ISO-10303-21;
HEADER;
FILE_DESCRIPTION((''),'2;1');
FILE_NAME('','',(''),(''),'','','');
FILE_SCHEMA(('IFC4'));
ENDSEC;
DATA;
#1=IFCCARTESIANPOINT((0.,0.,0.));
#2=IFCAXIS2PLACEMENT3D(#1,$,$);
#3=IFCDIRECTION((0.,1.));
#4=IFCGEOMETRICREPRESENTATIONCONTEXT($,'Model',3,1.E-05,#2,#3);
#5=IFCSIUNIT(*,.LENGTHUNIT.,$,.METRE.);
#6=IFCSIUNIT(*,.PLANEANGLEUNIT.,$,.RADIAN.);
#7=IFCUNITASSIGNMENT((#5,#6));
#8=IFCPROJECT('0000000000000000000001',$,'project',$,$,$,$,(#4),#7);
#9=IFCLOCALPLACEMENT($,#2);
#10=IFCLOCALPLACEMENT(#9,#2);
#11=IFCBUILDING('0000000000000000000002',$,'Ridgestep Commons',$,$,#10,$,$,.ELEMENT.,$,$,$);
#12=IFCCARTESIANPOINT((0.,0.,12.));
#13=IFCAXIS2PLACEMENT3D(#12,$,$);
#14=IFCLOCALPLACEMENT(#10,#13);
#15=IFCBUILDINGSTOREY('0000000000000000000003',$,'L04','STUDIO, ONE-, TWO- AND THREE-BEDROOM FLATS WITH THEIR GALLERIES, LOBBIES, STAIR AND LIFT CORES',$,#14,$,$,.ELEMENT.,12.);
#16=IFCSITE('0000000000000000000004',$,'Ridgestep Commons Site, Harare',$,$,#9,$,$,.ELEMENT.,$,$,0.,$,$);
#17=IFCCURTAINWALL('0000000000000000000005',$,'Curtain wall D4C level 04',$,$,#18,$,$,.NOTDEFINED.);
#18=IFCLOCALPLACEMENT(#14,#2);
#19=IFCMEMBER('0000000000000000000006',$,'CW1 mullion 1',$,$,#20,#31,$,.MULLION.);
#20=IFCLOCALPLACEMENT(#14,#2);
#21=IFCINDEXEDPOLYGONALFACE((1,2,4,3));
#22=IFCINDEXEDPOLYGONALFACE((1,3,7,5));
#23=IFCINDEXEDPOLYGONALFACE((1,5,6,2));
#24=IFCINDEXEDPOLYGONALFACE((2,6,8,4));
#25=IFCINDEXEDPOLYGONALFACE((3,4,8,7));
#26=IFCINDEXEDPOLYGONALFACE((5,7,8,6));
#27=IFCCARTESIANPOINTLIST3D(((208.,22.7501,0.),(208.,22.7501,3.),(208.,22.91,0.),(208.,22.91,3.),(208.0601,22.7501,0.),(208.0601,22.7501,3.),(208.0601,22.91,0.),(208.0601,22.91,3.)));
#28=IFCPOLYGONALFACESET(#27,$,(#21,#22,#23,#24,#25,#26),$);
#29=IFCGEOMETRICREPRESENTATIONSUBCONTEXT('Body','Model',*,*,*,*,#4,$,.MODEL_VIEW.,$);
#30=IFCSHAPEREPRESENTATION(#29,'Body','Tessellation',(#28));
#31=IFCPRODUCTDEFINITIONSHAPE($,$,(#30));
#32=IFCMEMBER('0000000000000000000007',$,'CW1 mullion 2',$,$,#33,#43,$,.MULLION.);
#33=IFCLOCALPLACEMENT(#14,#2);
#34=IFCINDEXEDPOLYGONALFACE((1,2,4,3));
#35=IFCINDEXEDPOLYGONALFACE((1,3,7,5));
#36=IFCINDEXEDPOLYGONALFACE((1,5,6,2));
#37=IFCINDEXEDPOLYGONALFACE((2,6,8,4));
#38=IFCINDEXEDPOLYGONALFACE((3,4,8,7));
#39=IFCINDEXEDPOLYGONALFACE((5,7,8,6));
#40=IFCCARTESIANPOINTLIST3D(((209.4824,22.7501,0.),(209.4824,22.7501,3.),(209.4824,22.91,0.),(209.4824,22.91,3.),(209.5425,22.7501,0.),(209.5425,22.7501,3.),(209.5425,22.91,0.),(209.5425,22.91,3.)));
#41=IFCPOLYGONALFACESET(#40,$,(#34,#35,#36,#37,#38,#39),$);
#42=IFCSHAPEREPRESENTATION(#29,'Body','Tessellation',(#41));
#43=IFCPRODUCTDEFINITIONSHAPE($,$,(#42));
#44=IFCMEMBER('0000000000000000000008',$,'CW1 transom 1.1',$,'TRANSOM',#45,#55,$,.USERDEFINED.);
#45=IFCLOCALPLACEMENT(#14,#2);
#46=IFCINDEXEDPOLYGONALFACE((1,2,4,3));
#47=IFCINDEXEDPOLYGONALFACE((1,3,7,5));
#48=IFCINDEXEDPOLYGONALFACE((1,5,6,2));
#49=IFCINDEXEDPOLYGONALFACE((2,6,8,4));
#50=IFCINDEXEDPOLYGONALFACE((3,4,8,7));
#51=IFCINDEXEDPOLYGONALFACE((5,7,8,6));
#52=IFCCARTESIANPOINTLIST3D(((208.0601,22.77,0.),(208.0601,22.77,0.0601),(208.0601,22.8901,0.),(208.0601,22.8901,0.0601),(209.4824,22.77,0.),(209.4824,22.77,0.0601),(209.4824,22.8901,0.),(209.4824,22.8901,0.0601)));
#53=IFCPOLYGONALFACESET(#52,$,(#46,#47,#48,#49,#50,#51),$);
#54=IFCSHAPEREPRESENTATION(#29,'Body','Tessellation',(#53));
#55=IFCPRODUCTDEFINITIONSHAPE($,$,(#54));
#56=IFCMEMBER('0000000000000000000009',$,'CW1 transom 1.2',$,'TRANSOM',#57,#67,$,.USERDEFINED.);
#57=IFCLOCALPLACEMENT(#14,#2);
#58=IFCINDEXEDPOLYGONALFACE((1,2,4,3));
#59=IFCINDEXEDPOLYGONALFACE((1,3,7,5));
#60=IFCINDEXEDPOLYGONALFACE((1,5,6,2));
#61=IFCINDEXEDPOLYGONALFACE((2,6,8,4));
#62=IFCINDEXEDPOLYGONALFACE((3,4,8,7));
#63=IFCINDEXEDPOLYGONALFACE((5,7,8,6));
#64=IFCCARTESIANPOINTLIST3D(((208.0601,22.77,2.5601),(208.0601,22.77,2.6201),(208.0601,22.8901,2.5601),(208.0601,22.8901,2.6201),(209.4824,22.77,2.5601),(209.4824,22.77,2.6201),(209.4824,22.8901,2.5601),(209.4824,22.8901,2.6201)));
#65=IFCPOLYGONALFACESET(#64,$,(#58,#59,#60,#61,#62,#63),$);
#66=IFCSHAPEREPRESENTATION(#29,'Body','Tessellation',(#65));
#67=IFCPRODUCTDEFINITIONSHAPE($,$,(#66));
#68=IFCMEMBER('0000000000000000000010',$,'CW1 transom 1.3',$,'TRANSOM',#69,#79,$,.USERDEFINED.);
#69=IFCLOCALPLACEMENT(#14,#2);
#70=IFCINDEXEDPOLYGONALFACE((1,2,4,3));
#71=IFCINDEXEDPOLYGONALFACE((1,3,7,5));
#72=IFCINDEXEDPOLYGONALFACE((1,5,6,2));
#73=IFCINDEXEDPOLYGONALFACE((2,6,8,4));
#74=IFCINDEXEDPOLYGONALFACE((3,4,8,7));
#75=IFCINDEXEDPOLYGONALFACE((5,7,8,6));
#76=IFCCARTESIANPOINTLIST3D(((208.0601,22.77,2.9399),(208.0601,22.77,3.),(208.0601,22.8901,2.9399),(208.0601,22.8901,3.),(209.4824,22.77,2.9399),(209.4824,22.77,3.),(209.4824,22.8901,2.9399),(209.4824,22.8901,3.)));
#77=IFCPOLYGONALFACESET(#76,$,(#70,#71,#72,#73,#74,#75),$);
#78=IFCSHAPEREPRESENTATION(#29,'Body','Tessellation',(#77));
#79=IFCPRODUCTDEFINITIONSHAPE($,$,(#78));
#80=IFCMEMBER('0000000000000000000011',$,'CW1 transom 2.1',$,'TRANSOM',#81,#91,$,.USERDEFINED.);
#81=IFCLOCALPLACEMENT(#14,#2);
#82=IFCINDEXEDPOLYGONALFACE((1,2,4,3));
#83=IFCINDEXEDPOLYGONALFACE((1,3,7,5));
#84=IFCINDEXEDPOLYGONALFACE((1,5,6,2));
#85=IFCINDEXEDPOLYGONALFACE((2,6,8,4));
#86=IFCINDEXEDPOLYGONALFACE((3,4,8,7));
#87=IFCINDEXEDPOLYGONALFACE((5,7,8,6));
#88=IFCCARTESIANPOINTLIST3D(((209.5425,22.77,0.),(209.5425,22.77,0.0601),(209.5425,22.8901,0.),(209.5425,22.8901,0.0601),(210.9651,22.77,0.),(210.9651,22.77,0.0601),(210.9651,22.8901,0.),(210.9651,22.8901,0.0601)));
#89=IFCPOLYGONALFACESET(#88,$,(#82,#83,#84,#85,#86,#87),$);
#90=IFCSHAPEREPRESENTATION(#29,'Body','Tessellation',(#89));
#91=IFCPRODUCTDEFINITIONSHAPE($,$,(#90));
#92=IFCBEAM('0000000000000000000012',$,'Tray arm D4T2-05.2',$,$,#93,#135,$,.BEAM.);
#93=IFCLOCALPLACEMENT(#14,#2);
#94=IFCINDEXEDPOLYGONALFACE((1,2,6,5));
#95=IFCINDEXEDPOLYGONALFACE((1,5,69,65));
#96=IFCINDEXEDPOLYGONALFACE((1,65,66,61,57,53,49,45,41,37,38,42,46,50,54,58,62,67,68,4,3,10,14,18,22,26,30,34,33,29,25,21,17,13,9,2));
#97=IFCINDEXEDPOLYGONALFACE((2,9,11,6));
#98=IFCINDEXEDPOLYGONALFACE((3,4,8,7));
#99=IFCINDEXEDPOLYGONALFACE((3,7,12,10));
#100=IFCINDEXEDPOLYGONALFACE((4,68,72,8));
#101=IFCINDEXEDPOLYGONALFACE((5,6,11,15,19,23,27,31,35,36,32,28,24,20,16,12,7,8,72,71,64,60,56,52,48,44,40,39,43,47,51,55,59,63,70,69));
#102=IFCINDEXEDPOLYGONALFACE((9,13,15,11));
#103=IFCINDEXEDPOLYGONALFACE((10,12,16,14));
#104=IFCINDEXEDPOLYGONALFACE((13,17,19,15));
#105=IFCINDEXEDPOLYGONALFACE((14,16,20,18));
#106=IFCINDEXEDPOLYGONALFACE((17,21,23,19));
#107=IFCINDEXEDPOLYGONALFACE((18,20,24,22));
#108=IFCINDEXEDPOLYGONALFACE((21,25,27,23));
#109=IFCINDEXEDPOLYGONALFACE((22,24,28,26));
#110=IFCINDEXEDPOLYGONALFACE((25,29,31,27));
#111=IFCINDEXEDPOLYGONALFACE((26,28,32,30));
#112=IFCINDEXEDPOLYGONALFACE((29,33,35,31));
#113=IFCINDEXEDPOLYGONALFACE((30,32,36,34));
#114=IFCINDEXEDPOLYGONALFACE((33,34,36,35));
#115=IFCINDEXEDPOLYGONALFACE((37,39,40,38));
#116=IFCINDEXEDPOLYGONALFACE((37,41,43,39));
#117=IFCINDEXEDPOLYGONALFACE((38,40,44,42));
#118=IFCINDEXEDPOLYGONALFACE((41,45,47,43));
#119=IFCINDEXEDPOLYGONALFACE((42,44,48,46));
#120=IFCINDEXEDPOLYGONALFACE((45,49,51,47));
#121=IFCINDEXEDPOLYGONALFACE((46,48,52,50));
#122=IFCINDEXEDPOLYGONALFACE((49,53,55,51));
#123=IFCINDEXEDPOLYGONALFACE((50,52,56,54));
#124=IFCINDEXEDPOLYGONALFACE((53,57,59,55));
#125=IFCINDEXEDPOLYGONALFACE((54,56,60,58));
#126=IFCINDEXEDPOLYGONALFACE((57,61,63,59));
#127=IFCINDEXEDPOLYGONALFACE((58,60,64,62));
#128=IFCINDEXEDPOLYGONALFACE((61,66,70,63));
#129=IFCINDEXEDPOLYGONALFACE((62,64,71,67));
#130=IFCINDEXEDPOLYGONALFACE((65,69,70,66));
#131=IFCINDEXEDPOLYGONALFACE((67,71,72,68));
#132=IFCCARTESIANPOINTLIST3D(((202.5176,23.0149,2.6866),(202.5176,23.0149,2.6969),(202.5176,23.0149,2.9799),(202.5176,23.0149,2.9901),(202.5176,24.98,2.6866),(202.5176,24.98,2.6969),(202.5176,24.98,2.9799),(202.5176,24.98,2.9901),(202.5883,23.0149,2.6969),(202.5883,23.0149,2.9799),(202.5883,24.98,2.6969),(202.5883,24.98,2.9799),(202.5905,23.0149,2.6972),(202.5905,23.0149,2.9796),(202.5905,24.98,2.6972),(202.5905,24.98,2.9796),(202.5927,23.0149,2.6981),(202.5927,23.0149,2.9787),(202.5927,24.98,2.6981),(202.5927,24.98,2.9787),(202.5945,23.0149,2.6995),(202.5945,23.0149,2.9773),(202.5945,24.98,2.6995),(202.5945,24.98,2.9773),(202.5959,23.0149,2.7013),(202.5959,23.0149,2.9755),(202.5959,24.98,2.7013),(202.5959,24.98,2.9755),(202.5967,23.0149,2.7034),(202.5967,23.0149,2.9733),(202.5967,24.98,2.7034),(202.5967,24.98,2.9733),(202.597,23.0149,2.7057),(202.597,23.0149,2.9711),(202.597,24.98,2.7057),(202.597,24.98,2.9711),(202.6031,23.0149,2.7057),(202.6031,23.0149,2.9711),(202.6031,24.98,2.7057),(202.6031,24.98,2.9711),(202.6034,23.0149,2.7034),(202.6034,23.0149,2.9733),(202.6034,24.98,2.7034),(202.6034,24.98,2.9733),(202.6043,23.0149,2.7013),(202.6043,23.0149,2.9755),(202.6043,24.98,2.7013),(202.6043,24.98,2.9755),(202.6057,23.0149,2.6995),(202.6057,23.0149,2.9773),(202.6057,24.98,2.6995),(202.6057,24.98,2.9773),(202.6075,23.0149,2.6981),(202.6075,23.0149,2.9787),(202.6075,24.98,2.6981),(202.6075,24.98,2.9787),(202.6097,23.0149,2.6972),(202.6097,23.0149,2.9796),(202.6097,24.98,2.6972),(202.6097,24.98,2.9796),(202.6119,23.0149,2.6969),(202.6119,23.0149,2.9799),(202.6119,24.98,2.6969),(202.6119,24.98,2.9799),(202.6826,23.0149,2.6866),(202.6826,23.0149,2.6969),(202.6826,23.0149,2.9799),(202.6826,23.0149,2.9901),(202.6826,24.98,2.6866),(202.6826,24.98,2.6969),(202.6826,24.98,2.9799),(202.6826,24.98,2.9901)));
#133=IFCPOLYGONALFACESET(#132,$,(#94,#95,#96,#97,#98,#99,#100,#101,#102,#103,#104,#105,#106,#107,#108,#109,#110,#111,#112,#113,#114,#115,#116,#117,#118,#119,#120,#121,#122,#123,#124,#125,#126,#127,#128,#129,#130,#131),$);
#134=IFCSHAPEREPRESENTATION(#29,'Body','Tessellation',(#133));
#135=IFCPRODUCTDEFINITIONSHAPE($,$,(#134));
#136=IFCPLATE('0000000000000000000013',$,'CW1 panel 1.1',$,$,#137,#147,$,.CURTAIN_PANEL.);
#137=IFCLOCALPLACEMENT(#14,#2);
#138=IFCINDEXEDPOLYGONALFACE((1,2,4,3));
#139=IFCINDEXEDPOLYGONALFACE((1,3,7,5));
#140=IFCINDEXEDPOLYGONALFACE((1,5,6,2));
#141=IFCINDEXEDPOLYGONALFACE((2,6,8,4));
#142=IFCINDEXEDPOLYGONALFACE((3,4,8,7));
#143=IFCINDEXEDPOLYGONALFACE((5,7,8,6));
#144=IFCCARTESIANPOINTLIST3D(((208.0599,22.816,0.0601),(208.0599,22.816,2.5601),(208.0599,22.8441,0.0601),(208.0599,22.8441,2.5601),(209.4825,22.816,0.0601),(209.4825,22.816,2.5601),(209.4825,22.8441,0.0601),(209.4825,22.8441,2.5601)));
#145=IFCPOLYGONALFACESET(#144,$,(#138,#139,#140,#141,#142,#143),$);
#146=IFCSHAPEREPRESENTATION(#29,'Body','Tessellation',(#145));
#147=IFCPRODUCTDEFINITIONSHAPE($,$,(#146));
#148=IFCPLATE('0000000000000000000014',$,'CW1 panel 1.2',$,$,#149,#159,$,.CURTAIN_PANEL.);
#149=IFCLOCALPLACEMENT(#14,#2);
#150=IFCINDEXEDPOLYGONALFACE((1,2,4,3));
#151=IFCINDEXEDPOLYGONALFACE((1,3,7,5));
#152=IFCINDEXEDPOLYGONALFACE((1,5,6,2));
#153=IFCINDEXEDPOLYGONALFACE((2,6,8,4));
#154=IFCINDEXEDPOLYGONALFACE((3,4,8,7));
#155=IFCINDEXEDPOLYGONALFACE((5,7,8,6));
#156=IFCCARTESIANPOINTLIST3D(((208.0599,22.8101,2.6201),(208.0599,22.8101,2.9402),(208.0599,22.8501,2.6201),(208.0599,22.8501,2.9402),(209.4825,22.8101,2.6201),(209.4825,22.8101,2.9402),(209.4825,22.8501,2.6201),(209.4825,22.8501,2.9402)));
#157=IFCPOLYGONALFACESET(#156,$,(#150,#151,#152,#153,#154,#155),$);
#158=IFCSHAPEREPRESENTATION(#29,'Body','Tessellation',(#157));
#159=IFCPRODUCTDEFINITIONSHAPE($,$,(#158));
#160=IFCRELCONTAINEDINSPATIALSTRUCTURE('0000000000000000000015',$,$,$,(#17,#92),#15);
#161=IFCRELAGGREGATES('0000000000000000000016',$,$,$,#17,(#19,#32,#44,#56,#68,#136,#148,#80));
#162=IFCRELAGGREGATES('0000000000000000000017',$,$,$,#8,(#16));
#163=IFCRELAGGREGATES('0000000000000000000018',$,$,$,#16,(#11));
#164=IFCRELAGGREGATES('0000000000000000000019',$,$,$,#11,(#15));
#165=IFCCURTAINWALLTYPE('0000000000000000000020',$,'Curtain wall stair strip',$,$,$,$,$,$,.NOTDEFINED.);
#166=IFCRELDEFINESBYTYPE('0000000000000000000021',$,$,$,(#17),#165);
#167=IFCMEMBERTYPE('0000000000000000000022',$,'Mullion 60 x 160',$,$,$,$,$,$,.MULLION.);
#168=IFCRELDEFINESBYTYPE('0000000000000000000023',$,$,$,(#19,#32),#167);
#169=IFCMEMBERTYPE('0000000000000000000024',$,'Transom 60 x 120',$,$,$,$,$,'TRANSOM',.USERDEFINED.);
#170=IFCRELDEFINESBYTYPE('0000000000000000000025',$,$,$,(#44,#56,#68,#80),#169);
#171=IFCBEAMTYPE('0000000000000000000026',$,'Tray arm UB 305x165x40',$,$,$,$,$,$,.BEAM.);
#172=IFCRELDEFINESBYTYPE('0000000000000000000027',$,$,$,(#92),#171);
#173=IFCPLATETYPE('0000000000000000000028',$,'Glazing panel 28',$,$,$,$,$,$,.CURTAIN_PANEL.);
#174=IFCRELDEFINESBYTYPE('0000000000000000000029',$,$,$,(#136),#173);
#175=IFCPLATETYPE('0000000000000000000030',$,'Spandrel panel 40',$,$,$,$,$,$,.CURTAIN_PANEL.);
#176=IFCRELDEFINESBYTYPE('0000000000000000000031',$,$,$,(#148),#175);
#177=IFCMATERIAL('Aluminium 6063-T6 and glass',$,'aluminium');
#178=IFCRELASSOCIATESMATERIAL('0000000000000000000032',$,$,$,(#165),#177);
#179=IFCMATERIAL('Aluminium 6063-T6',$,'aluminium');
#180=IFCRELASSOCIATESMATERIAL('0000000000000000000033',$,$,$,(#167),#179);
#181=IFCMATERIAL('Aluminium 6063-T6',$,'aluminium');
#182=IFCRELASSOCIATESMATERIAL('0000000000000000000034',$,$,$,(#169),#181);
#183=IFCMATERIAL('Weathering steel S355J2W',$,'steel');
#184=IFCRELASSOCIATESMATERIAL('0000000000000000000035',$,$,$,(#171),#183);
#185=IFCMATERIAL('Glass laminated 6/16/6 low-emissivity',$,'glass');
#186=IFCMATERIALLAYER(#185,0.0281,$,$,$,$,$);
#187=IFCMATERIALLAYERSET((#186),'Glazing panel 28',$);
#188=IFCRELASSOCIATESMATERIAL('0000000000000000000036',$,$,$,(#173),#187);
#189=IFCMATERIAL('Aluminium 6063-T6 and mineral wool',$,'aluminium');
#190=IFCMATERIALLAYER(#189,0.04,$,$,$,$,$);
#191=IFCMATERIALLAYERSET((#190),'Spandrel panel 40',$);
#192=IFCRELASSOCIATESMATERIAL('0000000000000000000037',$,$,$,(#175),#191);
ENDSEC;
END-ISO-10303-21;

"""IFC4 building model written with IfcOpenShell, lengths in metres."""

from ifc_helpers import new_model, si_unit, direction, frame, origin, origin_2d, place, context, subcontext, project, spatial, rectangle, i_section, extrude, material, layer, layer_set, material_profile, profile_set, type_object, element, aggregate, save


model = new_model("IFC4")

# Units and contexts
model_context = context("Model", 3, precision=1e-05, world=origin(), true_north=direction((0.0, 1.0)))
body_context = subcontext(model_context, "Body", "Model", "MODEL_VIEW")
ifc_project = project(units=[si_unit("LENGTHUNIT", "METRE"), si_unit("PLANEANGLEUNIT", "RADIAN")], contexts=[model_context])

# Site, building, storey
site_placement = place(None, origin())
site = spatial("IfcSite", under=ifc_project, at=site_placement, Name="Ridgestep Commons Site, Harare", CompositionType="ELEMENT", RefElevation=0.0)
building_placement = place(site_placement, origin())
building = spatial("IfcBuilding", under=site, at=building_placement, Name="Ridgestep Commons", CompositionType="ELEMENT")
storey_placement = place(building_placement, frame((0.0, 0.0, 12.0)))
storey = spatial("IfcBuildingStorey", under=building, at=storey_placement, Name="L04", Description="STUDIO, ONE-, TWO- AND THREE-BEDROOM FLATS WITH THEIR GALLERIES, LOBBIES, STAIR AND LIFT CORES", CompositionType="ELEMENT", Elevation=12.0)

# Curtain wall, members
ifc_material_1 = material(Name="Aluminium 6063-T6 and glass", Category="aluminium")
curtain_wall_type = type_object("IfcCurtainWallType", Name="Curtain wall stair strip", PredefinedType="NOTDEFINED", material=ifc_material_1)
curtain_wall_placement = place(storey_placement, origin())
curtain_wall = element("IfcCurtainWall", 1, at=curtain_wall_placement, inside=storey, type_object=curtain_wall_type, Name="Curtain wall D4C level 04", PredefinedType="NOTDEFINED")
ifc_material_2 = material(Name="Aluminium 6063-T6", Category="aluminium")
ifc_material_profile_1 = material_profile(ifc_material_2, rectangle(XDim=0.1599, YDim=0.0601, at=origin_2d()), Name="Mullion 60 x 160")
ifc_profile_set_1 = profile_set([ifc_material_profile_1], Name="Aluminium 6063-T6")
member_type_1 = type_object("IfcMemberType", Name="Mullion 60 x 160", PredefinedType="MULLION", material=ifc_profile_set_1)
member_1_placement = place(storey_placement, frame((208.03, 22.8301, 0.0), z_axis=(0.0, 0.0, 1.0), x_axis=(0.0, 1.0, 0.0)))
member_1 = element("IfcMember", 2, at=member_1_placement, type_object=member_type_1, Name="CW1 mullion 1", PredefinedType="MULLION", context=body_context, shape_type="SweptSolid", body=[
    extrude(rectangle(XDim=0.1599, YDim=0.0601, at=origin_2d()), origin(), (0.0, 0.0, 1.0), 3.0),
])
member_2_placement = place(storey_placement, frame((209.5125, 22.8301, 0.0), z_axis=(0.0, 0.0, 1.0), x_axis=(0.0, 1.0, 0.0)))
member_2 = element("IfcMember", 3, at=member_2_placement, type_object=member_type_1, Name="CW1 mullion 2", PredefinedType="MULLION", context=body_context, shape_type="SweptSolid", body=[
    extrude(rectangle(XDim=0.1599, YDim=0.0601, at=origin_2d()), origin(), (0.0, 0.0, 1.0), 3.0),
])
ifc_material_3 = material(Name="Aluminium 6063-T6", Category="aluminium")
ifc_material_profile_2 = material_profile(ifc_material_3, rectangle(XDim=0.1201, YDim=0.0601, at=origin_2d()), Name="Transom 60 x 120")
ifc_profile_set_2 = profile_set([ifc_material_profile_2], Name="Aluminium 6063-T6")
member_type_2 = type_object("IfcMemberType", Name="Transom 60 x 120", ElementType="TRANSOM", PredefinedType="USERDEFINED", material=ifc_profile_set_2)
member_3_placement = place(storey_placement, frame((208.0601, 22.8301, 0.03), z_axis=(1.0, 0.0, 0.0), x_axis=(0.0, 1.0, 0.0)))
member_3 = element("IfcMember", 4, at=member_3_placement, type_object=member_type_2, Name="CW1 transom 1.1", ObjectType="TRANSOM", PredefinedType="USERDEFINED", context=body_context, shape_type="SweptSolid", body=[
    extrude(rectangle(XDim=0.1201, YDim=0.0601, at=origin_2d()), origin(), (0.0, 0.0, 1.0), 1.4224),
])
member_4_placement = place(storey_placement, frame((208.0601, 22.8301, 2.5901), z_axis=(1.0, 0.0, 0.0), x_axis=(0.0, 1.0, 0.0)))
member_4 = element("IfcMember", 5, at=member_4_placement, type_object=member_type_2, Name="CW1 transom 1.2", ObjectType="TRANSOM", PredefinedType="USERDEFINED", context=body_context, shape_type="SweptSolid", body=[
    extrude(rectangle(XDim=0.1201, YDim=0.0601, at=origin_2d()), origin(), (0.0, 0.0, 1.0), 1.4224),
])
member_5_placement = place(storey_placement, frame((208.0601, 22.8301, 2.97), z_axis=(1.0, 0.0, 0.0), x_axis=(0.0, 1.0, 0.0)))
member_5 = element("IfcMember", 6, at=member_5_placement, type_object=member_type_2, Name="CW1 transom 1.3", ObjectType="TRANSOM", PredefinedType="USERDEFINED", context=body_context, shape_type="SweptSolid", body=[
    extrude(rectangle(XDim=0.1201, YDim=0.0601, at=origin_2d()), origin(), (0.0, 0.0, 1.0), 1.4224),
])
member_6_placement = place(storey_placement, frame((209.5425, 22.8301, 0.03), z_axis=(1.0, 0.0, 0.0), x_axis=(0.0, 1.0, 0.0)))
member_6 = element("IfcMember", 7, at=member_6_placement, type_object=member_type_2, Name="CW1 transom 2.1", ObjectType="TRANSOM", PredefinedType="USERDEFINED", context=body_context, shape_type="SweptSolid", body=[
    extrude(rectangle(XDim=0.1201, YDim=0.0601, at=origin_2d()), origin(), (0.0, 0.0, 1.0), 1.4226),
])

# Beam
ifc_material_4 = material(Name="Weathering steel S355J2W", Category="steel")
ifc_material_profile_3 = material_profile(ifc_material_4, i_section(OverallWidth=0.165, OverallDepth=0.3035, WebThickness=0.0061, FlangeThickness=0.0103, FilletRadius=0.0088, at=origin_2d()), Name="UB 305x165x40")
ifc_profile_set_3 = profile_set([ifc_material_profile_3], Name="Weathering steel S355J2W")
beam_type = type_object("IfcBeamType", Name="Tray arm UB 305x165x40", PredefinedType="BEAM", material=ifc_profile_set_3)
beam_placement = place(storey_placement, frame((202.6001, 23.0149, 2.8384), z_axis=(0.0, 1.0, 0.0), x_axis=(-1.0, 0.0, 0.0)))
element("IfcBeam", 8, at=beam_placement, inside=storey, type_object=beam_type, Name="Tray arm D4T2-05.2", PredefinedType="BEAM", context=body_context, shape_type="SweptSolid", body=[
    extrude(i_section(OverallWidth=0.165, OverallDepth=0.3035, WebThickness=0.0061, FlangeThickness=0.0103, FilletRadius=0.0088, at=origin_2d()), origin(), (0.0, 0.0, 1.0), 1.9651),
])

# Plates
ifc_material_5 = material(Name="Glass laminated 6/16/6 low-emissivity", Category="glass")
ifc_layer_1 = layer(ifc_material_5, 0.0281)
ifc_layer_set_1 = layer_set([ifc_layer_1], Name="Glazing panel 28")
plate_type_1 = type_object("IfcPlateType", Name="Glazing panel 28", PredefinedType="CURTAIN_PANEL", material=ifc_layer_set_1)
plate_1_placement = place(storey_placement, frame((208.7712, 22.8301, 0.0601), z_axis=(0.0, 0.0, 1.0), x_axis=(1.0, 0.0, 0.0)))
plate_1 = element("IfcPlate", 9, at=plate_1_placement, type_object=plate_type_1, Name="CW1 panel 1.1", PredefinedType="CURTAIN_PANEL", context=body_context, shape_type="SweptSolid", body=[
    extrude(rectangle(XDim=1.4226, YDim=0.0281, at=origin_2d()), origin(), (0.0, 0.0, 1.0), 2.5),
])
ifc_material_6 = material(Name="Aluminium 6063-T6 and mineral wool", Category="aluminium")
ifc_layer_2 = layer(ifc_material_6, 0.04)
ifc_layer_set_2 = layer_set([ifc_layer_2], Name="Spandrel panel 40")
plate_type_2 = type_object("IfcPlateType", Name="Spandrel panel 40", PredefinedType="CURTAIN_PANEL", material=ifc_layer_set_2)
plate_2_placement = place(storey_placement, frame((208.7712, 22.8301, 2.6201), z_axis=(0.0, 0.0, 1.0), x_axis=(1.0, 0.0, 0.0)))
plate_2 = element("IfcPlate", 10, at=plate_2_placement, type_object=plate_type_2, Name="CW1 panel 1.2", PredefinedType="CURTAIN_PANEL", context=body_context, shape_type="SweptSolid", body=[
    extrude(rectangle(XDim=1.4226, YDim=0.04, at=origin_2d()), origin(), (0.0, 0.0, 1.0), 0.3201),
])
aggregate(curtain_wall, [member_1, member_2, member_3, member_4, member_5, plate_1, plate_2, member_6])

save(model, "model.ifc")
